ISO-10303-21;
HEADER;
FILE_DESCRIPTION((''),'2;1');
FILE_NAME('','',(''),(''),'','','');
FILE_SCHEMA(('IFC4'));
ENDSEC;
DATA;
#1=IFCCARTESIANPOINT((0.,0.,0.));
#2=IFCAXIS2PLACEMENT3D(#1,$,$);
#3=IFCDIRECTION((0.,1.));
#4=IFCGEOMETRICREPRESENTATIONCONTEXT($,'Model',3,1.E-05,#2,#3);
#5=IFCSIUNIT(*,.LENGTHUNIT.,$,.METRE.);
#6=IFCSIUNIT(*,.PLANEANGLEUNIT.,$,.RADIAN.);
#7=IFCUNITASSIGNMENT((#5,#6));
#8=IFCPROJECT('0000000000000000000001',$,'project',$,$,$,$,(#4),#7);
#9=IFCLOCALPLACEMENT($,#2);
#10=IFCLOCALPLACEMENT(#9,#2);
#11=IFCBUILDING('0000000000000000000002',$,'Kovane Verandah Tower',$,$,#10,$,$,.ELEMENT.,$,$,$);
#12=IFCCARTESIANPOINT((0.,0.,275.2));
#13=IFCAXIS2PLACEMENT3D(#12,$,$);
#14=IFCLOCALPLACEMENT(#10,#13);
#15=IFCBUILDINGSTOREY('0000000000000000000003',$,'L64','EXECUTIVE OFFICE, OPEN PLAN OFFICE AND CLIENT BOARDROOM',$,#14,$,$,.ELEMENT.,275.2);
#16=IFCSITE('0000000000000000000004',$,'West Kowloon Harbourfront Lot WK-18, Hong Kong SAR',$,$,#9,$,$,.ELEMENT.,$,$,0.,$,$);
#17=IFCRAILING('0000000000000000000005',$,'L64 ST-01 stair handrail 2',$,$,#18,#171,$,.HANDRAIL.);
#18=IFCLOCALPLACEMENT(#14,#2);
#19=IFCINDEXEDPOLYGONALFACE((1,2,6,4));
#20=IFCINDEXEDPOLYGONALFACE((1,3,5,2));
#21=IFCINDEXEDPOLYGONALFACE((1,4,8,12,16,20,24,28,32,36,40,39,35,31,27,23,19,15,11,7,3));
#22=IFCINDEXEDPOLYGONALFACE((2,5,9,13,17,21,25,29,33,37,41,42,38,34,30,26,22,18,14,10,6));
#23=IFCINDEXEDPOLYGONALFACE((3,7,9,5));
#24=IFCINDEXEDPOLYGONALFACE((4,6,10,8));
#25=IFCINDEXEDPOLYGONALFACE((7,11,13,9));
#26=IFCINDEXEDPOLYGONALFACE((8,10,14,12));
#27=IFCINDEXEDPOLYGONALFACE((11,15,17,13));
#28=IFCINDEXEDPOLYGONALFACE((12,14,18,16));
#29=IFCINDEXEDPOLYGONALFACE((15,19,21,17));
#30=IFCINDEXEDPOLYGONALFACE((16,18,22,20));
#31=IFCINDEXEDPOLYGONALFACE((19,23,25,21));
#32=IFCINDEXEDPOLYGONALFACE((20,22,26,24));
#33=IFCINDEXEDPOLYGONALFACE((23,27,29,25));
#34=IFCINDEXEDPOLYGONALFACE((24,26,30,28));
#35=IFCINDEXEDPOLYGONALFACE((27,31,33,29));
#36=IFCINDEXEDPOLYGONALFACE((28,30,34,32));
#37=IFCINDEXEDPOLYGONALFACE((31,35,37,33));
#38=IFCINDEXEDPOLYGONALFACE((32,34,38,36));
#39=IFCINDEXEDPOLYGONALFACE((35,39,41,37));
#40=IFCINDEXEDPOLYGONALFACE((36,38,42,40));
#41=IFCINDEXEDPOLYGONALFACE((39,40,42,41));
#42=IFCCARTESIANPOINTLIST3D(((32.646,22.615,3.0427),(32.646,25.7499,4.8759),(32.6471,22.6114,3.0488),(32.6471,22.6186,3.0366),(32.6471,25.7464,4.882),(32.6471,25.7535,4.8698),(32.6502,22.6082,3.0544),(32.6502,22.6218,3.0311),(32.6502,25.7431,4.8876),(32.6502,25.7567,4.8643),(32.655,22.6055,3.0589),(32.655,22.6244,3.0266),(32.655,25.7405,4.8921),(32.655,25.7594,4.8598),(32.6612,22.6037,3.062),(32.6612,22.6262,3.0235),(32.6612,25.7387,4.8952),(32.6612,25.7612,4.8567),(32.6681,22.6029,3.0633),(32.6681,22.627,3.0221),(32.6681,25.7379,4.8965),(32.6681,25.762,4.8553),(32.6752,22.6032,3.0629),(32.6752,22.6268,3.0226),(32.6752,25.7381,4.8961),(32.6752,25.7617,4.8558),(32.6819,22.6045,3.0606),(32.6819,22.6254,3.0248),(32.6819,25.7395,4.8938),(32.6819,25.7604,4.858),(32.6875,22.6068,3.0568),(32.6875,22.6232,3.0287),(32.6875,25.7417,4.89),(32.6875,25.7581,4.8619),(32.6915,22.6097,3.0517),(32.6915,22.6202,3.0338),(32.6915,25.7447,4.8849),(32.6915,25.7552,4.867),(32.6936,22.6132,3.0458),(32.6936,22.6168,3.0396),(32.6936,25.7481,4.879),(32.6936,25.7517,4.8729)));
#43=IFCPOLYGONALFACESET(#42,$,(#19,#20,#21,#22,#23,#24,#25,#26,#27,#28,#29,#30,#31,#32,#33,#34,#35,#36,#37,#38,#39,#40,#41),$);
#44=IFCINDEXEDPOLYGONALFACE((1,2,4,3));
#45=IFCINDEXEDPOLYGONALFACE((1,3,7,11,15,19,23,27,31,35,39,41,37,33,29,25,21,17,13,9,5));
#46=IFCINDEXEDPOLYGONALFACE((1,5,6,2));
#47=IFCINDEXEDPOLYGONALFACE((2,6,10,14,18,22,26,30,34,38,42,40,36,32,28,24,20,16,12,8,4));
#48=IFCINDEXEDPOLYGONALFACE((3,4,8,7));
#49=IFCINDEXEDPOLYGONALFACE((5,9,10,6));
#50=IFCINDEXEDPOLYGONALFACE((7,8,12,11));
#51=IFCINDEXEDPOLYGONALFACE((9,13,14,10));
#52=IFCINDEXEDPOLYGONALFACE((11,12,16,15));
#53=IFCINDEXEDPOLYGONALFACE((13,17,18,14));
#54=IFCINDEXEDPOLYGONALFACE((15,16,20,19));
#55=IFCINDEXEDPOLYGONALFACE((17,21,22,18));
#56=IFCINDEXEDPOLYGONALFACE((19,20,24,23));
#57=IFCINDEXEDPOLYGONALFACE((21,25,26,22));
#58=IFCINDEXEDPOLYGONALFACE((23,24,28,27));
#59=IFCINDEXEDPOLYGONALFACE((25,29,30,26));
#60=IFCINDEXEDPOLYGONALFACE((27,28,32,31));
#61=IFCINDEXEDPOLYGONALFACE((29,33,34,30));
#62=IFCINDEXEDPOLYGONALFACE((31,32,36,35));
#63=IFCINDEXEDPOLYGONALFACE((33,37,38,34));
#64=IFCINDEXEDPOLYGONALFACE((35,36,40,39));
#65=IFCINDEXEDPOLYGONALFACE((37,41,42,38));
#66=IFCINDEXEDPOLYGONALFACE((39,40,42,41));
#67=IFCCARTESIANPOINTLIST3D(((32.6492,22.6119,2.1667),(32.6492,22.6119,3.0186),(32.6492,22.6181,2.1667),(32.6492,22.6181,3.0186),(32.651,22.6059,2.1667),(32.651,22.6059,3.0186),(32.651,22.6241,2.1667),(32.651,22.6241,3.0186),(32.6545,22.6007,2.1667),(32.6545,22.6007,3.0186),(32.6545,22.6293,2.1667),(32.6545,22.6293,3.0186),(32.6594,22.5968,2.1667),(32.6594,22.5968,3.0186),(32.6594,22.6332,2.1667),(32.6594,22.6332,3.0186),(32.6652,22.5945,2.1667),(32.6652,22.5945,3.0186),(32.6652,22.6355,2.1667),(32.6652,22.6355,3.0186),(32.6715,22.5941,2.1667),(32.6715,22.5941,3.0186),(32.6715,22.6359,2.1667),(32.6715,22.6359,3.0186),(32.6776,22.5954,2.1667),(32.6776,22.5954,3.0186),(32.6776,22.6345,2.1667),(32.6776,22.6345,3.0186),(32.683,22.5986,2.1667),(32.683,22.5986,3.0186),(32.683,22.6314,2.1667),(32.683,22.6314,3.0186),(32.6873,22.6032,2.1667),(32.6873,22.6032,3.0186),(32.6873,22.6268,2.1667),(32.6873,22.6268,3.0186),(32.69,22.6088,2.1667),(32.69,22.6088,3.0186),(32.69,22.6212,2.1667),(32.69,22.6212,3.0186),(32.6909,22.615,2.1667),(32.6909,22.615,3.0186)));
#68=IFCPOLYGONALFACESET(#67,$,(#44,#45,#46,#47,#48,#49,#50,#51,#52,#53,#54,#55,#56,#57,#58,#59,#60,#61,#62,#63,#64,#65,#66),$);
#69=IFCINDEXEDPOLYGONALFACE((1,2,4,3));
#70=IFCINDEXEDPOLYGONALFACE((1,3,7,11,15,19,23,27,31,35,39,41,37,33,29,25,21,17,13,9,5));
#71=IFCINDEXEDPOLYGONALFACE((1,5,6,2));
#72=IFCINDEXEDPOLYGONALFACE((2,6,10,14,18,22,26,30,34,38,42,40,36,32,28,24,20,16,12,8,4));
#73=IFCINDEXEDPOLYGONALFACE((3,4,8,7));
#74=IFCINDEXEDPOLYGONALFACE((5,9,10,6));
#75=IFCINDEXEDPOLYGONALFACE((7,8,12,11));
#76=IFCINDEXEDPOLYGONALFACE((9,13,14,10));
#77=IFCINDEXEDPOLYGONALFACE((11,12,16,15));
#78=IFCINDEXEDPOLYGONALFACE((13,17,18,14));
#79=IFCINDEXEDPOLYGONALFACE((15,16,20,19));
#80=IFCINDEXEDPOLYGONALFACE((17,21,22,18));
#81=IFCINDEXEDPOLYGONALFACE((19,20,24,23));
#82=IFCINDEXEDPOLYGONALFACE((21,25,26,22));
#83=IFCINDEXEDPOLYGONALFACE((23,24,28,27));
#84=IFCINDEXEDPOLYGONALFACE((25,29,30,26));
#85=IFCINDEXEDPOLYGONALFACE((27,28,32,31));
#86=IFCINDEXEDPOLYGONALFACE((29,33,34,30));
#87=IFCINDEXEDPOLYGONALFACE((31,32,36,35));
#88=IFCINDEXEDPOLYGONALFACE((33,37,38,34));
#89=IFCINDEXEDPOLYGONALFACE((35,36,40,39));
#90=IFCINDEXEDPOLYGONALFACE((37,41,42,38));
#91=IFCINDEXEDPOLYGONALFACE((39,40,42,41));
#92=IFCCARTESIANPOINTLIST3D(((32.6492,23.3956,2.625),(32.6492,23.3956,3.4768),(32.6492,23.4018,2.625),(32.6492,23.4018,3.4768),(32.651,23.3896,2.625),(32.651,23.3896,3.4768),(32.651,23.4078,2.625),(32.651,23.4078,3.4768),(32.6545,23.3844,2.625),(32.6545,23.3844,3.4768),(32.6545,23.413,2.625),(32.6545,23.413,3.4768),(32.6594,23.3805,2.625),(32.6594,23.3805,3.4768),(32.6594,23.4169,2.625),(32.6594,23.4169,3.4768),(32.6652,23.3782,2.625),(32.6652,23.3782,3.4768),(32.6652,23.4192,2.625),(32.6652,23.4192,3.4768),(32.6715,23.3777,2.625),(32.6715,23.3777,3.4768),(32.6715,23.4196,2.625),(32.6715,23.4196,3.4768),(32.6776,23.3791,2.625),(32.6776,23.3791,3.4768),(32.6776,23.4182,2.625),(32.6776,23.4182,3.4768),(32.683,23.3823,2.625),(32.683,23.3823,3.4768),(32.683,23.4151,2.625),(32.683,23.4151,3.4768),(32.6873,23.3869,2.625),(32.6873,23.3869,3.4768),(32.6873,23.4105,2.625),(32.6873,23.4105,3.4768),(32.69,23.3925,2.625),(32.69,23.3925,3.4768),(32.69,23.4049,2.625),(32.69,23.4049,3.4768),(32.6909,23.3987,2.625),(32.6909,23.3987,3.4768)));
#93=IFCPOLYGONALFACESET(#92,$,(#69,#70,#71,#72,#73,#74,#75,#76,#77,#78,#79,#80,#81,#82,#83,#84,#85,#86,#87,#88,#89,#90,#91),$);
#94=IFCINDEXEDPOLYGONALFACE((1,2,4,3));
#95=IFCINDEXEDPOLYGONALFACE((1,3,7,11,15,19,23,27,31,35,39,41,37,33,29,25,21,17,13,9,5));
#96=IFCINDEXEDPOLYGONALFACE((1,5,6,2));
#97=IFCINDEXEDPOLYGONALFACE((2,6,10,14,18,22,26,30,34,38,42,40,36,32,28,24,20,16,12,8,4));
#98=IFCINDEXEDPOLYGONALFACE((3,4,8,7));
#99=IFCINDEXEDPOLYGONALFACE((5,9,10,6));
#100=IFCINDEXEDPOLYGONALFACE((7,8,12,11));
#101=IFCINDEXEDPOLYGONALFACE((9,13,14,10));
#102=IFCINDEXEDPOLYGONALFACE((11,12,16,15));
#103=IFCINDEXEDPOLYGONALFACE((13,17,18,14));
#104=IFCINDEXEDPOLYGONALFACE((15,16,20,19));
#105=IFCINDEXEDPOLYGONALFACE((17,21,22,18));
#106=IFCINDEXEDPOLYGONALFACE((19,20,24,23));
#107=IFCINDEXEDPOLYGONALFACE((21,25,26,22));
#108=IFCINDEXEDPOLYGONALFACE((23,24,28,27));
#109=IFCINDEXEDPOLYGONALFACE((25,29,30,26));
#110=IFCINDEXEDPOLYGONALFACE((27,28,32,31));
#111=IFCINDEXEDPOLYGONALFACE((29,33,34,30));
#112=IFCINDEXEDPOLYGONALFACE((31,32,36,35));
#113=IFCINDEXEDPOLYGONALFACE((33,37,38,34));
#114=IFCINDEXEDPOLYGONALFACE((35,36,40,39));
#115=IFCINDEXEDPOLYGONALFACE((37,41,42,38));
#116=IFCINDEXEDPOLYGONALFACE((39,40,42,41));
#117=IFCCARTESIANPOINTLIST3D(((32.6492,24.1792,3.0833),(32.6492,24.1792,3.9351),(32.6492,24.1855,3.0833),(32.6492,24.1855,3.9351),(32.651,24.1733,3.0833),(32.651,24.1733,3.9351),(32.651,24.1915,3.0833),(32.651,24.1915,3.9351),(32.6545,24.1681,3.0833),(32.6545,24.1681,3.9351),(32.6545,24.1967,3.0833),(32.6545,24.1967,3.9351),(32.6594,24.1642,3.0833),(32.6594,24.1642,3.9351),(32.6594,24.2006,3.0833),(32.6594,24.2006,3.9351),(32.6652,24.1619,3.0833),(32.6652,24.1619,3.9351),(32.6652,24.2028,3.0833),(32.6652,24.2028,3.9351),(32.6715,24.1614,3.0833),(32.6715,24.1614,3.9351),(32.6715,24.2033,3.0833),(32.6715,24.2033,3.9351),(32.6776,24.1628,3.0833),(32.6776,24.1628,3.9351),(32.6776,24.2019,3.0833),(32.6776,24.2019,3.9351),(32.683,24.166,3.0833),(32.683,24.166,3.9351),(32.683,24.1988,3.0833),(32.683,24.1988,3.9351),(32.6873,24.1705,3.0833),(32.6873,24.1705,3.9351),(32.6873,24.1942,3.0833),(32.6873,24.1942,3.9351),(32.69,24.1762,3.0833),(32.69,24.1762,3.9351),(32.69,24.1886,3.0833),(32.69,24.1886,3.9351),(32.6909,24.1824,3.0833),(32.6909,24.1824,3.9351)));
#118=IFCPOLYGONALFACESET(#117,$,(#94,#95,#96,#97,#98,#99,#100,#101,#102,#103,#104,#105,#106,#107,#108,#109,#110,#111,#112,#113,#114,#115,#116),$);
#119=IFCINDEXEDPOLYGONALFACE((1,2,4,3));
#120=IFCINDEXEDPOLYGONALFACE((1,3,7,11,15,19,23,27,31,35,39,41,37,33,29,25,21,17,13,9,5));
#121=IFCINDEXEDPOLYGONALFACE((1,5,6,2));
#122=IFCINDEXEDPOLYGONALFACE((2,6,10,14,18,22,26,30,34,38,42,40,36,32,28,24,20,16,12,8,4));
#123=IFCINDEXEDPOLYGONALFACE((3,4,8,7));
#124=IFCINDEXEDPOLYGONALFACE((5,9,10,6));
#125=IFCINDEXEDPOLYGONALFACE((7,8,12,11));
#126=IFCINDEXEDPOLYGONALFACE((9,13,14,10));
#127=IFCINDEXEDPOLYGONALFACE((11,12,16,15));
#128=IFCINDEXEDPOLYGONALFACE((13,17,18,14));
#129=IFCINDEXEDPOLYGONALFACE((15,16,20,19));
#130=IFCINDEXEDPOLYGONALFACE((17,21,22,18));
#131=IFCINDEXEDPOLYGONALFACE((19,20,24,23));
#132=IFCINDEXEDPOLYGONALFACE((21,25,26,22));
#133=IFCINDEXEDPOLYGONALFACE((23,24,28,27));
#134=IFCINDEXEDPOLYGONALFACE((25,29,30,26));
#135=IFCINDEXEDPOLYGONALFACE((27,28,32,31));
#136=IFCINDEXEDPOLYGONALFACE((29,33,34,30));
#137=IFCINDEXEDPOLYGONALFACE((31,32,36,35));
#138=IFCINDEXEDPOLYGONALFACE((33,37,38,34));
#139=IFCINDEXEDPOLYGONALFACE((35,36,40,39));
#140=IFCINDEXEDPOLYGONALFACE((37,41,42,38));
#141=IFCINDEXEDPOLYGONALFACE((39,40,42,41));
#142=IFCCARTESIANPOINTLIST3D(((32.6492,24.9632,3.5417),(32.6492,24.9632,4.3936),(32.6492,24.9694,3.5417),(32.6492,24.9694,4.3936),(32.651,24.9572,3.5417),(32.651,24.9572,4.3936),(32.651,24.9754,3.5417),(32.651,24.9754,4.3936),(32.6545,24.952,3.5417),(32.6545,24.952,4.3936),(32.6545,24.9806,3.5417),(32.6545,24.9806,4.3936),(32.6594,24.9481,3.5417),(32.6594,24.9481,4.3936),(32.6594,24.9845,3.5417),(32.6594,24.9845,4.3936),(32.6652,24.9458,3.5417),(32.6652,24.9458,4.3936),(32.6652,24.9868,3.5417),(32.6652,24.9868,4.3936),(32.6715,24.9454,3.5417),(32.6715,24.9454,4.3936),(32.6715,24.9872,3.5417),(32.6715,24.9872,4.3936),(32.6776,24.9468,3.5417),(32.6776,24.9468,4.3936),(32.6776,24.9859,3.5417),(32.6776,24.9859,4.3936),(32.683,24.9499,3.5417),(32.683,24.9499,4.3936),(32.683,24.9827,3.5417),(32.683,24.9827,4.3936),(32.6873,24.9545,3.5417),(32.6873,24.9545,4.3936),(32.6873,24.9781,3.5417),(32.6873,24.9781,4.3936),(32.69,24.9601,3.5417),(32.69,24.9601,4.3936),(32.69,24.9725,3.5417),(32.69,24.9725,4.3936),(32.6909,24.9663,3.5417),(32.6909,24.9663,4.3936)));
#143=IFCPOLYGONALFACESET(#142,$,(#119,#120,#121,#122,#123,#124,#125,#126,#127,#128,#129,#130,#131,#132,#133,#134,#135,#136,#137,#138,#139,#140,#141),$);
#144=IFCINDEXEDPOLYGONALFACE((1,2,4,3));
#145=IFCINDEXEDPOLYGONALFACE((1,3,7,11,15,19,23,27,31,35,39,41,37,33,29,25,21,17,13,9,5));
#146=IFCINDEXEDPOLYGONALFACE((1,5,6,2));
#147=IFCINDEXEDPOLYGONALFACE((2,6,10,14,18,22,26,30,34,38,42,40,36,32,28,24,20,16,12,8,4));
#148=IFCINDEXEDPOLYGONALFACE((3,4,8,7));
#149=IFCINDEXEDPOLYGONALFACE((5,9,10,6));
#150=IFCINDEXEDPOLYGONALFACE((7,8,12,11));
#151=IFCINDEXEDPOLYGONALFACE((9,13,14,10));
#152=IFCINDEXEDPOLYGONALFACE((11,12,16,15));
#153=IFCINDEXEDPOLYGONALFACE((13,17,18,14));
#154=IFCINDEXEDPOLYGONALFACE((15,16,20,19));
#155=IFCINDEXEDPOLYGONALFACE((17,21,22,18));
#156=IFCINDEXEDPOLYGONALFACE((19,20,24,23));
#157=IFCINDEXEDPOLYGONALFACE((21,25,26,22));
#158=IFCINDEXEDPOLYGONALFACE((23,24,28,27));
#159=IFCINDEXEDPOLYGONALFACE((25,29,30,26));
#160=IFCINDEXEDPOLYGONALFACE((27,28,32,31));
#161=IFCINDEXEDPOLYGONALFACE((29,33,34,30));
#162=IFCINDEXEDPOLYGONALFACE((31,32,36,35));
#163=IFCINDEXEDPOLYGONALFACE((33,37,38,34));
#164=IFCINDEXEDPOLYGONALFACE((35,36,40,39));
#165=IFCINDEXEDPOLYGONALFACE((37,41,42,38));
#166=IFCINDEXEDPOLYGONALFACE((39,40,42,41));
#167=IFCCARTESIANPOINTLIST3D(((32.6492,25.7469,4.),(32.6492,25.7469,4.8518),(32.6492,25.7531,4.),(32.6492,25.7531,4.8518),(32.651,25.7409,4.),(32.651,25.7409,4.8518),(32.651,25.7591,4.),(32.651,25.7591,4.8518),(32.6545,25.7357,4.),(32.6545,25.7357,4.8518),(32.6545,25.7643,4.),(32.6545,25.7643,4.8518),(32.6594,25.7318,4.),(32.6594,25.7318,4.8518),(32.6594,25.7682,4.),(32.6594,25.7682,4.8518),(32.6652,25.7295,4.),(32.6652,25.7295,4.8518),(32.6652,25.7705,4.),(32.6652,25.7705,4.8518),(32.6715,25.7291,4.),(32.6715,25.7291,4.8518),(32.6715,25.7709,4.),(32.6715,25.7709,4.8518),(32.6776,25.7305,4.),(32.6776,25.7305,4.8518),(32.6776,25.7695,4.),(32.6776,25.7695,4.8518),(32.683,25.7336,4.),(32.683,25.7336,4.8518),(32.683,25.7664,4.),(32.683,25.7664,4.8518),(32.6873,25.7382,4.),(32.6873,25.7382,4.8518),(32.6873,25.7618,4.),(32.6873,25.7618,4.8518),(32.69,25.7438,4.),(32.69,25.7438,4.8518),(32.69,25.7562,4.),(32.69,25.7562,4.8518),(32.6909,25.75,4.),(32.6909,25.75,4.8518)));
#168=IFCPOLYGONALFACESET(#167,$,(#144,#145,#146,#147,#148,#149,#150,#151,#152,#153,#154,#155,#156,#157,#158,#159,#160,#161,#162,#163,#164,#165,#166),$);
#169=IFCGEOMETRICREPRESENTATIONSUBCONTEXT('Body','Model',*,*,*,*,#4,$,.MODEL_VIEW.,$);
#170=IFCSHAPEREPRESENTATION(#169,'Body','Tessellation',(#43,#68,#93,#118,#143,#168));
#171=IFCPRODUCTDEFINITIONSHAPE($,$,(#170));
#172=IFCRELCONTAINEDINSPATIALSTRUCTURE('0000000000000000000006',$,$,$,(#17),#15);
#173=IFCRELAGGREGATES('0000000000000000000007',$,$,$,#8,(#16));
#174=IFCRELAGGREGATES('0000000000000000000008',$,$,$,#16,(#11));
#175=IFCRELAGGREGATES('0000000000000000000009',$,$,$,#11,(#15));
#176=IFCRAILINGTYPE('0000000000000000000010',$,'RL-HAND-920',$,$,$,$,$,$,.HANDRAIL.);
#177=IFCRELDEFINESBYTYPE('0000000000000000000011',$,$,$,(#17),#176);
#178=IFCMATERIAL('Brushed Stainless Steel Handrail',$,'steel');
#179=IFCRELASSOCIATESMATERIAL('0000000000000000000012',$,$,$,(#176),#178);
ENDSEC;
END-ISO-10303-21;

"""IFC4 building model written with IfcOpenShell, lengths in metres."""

from ifc_helpers import new_model, si_unit, direction, frame, origin, origin_2d, place, context, subcontext, project, spatial, circle, extrude, material, type_object, element, save


model = new_model("IFC4")

# Units and contexts
model_context = context("Model", 3, precision=1e-05, world=origin(), true_north=direction((0.0, 1.0)))
body_context = subcontext(model_context, "Body", "Model", "MODEL_VIEW")
ifc_project = project(units=[si_unit("LENGTHUNIT", "METRE"), si_unit("PLANEANGLEUNIT", "RADIAN")], contexts=[model_context])

# Site, building, storey
site_placement = place(None, origin())
site = spatial("IfcSite", under=ifc_project, at=site_placement, Name="West Kowloon Harbourfront Lot WK-18, Hong Kong SAR", CompositionType="ELEMENT", RefElevation=0.0)
building_placement = place(site_placement, origin())
building = spatial("IfcBuilding", under=site, at=building_placement, Name="Kovane Verandah Tower", CompositionType="ELEMENT")
storey_placement = place(building_placement, frame((0.0, 0.0, 275.2)))
storey = spatial("IfcBuildingStorey", under=building, at=storey_placement, Name="L64", Description="EXECUTIVE OFFICE, OPEN PLAN OFFICE AND CLIENT BOARDROOM", CompositionType="ELEMENT", Elevation=275.2)

# Railing
ifc_material_1 = material(Name="Brushed Stainless Steel Handrail", Category="steel")
railing_type_1 = type_object("IfcRailingType", Name="RL-HAND-920", PredefinedType="HANDRAIL", material=ifc_material_1)
railing_1_placement = place(storey_placement, frame((32.6699, 22.615, 2.1667)))
element("IfcRailing", 1, at=railing_1_placement, inside=storey, type_object=railing_type_1, Name="L64 ST-01 stair handrail 2", PredefinedType="HANDRAIL", context=body_context, shape_type="SweptSolid", body=[
    extrude(circle(Radius=0.0239, at=origin_2d()), frame((0.0, 0.0, 0.876), z_axis=(0.0, 0.86324, 0.504794), x_axis=(-1.0, 0.0, 0.0)), (0.0, 0.0, 1.0), 3.6316),
    extrude(circle(Radius=0.021, at=origin_2d()), origin(), (0.0, 0.0, 1.0), 0.8518),
    extrude(circle(Radius=0.021, at=origin_2d()), frame((0.0, 0.7837, 0.4583)), (0.0, 0.0, 1.0), 0.8518),
    extrude(circle(Radius=0.021, at=origin_2d()), frame((0.0, 1.5674, 0.9165)), (0.0, 0.0, 1.0), 0.8518),
    extrude(circle(Radius=0.021, at=origin_2d()), frame((0.0, 2.3513, 1.375)), (0.0, 0.0, 1.0), 0.8518),
    extrude(circle(Radius=0.021, at=origin_2d()), frame((0.0, 3.135, 1.8333)), (0.0, 0.0, 1.0), 0.8518),
])

save(model, "model.ifc")
